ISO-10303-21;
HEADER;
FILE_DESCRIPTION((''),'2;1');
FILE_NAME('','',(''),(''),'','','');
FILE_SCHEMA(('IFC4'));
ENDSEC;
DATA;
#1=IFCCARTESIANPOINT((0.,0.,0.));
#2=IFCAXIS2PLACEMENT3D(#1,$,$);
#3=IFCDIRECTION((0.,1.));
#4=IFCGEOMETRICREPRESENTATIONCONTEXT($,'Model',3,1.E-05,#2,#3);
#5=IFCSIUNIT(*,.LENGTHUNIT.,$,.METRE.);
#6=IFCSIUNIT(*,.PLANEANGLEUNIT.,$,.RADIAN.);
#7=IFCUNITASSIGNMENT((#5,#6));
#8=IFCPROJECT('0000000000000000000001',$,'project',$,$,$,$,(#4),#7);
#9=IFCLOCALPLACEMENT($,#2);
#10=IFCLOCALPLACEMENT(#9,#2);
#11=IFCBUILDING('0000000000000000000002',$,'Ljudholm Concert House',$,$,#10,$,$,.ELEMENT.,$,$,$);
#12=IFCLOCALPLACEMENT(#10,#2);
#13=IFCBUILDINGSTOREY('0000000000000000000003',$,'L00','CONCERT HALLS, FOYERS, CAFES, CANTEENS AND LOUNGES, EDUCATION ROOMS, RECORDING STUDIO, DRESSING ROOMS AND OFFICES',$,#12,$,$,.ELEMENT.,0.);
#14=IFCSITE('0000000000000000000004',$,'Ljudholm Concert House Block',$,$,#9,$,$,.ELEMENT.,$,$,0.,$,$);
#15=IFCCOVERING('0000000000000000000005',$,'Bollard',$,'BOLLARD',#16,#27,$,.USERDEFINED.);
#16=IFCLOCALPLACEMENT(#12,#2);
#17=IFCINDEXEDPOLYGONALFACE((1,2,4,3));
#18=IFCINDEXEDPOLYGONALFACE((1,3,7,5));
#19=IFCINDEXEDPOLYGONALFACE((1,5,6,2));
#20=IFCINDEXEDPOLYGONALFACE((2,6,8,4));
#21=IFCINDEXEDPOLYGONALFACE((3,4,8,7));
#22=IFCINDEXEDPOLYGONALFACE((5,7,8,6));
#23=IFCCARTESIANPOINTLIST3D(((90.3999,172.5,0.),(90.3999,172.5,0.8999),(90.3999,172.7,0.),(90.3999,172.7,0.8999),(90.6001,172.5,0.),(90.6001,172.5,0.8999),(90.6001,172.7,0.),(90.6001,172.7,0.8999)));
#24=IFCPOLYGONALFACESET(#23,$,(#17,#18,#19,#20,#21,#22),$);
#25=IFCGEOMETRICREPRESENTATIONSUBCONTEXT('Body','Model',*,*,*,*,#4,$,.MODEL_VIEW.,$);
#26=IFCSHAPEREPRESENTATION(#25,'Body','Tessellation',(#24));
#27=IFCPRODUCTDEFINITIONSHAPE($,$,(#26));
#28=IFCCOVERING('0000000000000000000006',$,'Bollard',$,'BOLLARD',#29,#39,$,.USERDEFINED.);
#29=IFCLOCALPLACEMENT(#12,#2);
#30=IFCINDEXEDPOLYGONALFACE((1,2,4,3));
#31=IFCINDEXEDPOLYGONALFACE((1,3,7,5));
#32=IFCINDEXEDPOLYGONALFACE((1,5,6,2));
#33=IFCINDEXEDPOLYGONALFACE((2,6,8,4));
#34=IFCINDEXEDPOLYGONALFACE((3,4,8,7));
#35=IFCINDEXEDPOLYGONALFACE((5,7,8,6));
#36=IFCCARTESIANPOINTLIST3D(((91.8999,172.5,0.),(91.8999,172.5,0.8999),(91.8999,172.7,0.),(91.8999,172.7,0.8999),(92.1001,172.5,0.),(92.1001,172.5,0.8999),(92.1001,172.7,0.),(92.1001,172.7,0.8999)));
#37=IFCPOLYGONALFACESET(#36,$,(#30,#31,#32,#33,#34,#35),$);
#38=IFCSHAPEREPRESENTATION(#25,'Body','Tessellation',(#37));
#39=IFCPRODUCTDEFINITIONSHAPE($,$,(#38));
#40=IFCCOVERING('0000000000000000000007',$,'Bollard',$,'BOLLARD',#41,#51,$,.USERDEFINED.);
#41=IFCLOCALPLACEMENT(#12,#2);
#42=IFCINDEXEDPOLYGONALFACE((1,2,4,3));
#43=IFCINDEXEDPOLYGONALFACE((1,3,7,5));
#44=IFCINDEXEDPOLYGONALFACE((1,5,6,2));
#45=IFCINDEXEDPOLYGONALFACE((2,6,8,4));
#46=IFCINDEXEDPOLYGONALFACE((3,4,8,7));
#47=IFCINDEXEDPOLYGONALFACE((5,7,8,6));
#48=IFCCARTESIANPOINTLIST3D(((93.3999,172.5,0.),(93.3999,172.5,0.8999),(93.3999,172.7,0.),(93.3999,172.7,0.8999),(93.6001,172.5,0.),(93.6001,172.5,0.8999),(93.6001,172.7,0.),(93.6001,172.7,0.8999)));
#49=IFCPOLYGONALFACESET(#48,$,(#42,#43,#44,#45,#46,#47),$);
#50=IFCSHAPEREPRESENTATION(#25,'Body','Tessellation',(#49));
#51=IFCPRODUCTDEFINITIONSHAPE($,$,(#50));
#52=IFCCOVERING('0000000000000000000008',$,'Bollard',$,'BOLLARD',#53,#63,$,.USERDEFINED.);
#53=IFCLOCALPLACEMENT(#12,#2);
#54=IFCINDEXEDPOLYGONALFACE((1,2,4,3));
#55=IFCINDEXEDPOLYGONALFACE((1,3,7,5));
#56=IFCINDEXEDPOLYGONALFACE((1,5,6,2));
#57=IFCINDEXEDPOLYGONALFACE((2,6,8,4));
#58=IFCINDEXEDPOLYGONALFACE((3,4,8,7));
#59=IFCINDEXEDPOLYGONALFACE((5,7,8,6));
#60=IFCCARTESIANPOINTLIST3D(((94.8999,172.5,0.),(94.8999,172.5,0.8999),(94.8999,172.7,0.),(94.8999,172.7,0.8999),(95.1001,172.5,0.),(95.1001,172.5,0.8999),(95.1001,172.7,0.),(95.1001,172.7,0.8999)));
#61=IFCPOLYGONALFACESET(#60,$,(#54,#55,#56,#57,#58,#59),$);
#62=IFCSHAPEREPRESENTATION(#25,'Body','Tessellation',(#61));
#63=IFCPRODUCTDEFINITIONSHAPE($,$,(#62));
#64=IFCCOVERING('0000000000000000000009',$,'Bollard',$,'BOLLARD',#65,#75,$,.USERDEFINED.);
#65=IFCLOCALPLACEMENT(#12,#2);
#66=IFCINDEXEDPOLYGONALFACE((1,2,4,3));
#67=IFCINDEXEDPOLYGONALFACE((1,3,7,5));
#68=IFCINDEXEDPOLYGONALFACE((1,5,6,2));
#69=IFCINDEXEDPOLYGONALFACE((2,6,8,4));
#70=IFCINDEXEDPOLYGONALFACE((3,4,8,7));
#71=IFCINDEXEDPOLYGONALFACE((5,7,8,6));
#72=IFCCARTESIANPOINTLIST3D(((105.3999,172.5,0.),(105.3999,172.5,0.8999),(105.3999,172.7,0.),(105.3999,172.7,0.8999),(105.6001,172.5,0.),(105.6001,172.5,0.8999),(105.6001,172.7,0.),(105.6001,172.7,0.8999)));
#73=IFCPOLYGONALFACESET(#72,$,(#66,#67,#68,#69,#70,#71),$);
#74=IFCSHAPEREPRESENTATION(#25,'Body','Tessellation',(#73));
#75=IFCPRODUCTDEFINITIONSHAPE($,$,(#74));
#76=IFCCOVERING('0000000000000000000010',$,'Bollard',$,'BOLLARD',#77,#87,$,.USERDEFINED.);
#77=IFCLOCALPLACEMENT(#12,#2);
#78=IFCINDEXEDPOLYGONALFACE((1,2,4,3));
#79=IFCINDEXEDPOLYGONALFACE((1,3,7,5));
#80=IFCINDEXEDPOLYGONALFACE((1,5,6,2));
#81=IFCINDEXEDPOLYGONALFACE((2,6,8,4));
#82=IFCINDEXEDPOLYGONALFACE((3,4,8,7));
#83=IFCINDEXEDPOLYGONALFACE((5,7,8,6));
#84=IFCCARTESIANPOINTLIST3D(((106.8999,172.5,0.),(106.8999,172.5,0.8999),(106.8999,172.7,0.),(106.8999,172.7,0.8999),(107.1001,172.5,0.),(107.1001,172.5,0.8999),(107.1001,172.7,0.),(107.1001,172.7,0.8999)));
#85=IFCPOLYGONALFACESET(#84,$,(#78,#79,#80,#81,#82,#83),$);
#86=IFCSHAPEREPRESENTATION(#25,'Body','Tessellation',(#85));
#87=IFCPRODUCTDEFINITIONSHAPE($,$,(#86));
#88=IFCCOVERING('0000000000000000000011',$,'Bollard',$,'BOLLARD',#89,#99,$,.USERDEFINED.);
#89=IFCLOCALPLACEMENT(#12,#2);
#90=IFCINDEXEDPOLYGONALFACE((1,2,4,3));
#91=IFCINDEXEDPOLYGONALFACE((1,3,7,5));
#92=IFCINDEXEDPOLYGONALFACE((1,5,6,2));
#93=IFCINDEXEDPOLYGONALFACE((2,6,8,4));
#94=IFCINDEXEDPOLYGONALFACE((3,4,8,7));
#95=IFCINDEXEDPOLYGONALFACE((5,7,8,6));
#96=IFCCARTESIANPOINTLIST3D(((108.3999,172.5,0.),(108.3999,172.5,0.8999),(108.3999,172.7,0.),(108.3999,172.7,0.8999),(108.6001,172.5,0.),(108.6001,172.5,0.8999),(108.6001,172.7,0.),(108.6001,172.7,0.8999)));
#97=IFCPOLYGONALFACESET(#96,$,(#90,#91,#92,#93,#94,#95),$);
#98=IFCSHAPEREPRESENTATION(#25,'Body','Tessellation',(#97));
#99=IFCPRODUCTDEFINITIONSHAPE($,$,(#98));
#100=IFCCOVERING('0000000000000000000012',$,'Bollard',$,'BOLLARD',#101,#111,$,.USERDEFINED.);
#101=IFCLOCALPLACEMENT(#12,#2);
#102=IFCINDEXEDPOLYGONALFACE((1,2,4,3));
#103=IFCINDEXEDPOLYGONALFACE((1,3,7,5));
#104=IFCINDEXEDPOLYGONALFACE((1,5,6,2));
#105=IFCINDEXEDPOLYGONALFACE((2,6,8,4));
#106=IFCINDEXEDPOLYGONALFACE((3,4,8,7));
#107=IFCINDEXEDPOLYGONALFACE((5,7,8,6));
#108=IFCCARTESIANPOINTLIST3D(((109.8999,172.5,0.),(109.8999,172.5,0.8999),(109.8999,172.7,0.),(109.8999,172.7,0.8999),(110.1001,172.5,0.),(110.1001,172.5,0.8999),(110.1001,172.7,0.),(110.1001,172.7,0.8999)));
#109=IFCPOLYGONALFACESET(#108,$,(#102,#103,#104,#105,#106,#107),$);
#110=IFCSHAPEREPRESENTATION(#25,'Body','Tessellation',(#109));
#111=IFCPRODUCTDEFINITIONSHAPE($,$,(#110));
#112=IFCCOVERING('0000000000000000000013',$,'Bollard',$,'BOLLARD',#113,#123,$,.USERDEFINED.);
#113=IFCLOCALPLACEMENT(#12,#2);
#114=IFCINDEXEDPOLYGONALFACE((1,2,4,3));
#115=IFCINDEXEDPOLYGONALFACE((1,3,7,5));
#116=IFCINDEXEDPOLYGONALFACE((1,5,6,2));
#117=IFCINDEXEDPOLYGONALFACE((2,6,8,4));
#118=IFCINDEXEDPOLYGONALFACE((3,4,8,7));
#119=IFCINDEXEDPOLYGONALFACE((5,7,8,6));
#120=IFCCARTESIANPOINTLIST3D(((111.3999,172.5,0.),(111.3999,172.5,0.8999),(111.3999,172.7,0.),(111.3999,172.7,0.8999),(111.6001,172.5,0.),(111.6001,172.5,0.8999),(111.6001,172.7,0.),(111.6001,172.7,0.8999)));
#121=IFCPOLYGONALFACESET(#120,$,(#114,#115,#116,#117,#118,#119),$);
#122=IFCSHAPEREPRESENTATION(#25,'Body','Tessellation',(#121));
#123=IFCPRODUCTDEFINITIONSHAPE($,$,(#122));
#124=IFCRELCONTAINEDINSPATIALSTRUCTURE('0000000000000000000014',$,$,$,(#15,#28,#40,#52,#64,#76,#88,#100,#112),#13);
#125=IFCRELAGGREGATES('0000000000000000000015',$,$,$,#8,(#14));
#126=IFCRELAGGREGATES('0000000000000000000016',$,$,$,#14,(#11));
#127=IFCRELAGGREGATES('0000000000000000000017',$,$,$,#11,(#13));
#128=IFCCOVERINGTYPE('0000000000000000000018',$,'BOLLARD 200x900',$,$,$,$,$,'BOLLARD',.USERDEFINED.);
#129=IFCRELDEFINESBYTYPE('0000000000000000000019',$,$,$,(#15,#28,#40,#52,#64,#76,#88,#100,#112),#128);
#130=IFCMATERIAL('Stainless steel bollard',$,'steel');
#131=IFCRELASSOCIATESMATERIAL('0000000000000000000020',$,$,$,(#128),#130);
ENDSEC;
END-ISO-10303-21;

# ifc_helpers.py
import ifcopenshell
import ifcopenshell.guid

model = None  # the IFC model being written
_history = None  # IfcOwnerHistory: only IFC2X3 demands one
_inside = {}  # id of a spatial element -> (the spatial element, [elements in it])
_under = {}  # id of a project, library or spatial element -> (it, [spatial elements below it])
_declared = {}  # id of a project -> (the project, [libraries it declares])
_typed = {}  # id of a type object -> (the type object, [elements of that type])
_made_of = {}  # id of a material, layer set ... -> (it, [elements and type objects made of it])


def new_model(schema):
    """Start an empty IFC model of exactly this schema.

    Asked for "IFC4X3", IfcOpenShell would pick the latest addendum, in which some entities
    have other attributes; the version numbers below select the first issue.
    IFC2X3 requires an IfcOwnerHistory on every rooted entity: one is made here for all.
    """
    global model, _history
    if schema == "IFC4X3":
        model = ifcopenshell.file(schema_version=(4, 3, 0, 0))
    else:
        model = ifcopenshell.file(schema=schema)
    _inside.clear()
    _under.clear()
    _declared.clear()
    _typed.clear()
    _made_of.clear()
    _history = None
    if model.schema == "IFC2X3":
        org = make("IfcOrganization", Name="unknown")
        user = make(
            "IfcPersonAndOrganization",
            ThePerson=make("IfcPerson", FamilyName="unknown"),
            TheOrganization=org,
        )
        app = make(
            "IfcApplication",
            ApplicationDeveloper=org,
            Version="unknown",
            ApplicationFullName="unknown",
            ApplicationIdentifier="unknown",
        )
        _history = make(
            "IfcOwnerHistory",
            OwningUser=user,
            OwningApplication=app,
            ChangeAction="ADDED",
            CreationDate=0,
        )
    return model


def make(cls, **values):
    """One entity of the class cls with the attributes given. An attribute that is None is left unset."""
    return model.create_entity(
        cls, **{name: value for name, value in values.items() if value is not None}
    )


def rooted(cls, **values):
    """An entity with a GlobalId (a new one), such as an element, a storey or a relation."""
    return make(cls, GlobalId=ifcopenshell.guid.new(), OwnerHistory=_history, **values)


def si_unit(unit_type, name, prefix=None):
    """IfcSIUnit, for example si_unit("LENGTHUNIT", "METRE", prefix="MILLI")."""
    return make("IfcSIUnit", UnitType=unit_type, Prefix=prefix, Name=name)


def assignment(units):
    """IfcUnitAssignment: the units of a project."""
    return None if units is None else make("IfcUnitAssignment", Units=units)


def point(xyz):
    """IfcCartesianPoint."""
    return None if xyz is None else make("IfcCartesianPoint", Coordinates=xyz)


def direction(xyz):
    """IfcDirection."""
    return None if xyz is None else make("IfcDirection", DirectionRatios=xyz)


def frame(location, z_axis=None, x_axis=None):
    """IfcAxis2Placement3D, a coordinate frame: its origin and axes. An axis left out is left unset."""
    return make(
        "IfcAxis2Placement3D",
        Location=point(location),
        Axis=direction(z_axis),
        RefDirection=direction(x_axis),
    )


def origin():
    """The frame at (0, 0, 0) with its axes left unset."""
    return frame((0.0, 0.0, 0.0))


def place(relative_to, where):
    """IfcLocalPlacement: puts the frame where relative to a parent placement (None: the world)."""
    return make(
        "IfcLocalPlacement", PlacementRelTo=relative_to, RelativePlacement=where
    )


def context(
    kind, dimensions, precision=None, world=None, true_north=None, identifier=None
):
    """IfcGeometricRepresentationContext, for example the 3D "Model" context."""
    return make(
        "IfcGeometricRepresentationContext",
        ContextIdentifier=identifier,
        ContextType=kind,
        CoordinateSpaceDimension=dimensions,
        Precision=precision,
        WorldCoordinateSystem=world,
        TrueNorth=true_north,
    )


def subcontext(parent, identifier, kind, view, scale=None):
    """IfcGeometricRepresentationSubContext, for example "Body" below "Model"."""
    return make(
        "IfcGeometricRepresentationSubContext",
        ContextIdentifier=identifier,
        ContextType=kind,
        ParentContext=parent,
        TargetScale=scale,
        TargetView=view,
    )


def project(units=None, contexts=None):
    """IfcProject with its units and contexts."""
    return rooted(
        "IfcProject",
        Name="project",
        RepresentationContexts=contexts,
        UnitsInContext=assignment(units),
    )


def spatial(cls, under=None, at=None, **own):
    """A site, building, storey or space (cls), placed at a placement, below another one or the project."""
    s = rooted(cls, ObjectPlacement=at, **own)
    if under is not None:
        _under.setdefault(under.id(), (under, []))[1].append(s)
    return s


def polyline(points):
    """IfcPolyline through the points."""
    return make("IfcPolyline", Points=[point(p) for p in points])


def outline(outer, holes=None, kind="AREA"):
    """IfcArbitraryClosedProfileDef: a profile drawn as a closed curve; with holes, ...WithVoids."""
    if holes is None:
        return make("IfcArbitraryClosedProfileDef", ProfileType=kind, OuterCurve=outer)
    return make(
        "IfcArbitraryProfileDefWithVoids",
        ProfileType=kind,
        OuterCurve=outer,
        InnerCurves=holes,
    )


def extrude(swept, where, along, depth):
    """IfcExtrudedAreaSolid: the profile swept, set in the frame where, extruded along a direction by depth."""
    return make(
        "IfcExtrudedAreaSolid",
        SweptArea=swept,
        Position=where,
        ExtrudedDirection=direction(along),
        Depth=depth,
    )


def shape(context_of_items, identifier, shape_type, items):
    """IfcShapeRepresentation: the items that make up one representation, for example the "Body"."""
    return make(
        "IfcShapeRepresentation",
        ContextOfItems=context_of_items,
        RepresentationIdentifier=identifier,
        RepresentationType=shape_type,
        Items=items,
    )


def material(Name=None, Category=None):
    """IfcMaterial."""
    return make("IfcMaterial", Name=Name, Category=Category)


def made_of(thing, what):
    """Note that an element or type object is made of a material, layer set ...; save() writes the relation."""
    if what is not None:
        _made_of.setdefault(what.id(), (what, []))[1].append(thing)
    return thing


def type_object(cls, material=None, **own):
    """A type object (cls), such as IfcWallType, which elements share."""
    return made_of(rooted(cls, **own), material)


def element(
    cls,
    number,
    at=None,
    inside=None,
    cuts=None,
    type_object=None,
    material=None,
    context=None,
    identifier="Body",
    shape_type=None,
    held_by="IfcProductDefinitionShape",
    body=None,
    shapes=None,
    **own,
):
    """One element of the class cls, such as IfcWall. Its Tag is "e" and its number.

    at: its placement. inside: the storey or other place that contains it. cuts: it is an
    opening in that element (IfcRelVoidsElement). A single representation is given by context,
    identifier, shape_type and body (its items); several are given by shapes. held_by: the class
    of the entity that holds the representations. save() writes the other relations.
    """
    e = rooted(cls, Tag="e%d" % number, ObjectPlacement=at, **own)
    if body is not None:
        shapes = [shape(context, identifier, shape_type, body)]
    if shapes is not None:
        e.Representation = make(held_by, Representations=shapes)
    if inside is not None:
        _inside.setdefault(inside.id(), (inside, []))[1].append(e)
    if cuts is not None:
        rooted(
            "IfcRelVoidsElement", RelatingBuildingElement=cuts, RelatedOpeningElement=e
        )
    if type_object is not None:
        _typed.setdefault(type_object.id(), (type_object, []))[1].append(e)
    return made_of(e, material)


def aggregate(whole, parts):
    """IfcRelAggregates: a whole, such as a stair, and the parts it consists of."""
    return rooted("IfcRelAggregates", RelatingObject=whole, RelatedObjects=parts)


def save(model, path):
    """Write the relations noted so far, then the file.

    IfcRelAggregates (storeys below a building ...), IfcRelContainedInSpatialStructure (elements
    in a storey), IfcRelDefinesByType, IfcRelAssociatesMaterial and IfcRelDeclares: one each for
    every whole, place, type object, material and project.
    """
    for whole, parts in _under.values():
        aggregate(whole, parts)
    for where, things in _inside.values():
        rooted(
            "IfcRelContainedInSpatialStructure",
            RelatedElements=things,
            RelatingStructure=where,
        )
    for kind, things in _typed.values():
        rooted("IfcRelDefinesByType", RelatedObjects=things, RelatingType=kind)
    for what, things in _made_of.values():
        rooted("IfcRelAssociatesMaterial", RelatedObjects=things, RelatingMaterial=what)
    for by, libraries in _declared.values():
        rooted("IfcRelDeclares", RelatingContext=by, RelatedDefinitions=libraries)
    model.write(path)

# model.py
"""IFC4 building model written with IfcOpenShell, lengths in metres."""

from ifc_helpers import new_model, si_unit, direction, origin, place, context, subcontext, project, spatial, polyline, outline, extrude, material, type_object, element, save


model = new_model("IFC4")

# Units and contexts
model_context = context("Model", 3, precision=1e-05, world=origin(), true_north=direction((0.0, 1.0)))
body_context = subcontext(model_context, "Body", "Model", "MODEL_VIEW")
ifc_project = project(units=[si_unit("LENGTHUNIT", "METRE"), si_unit("PLANEANGLEUNIT", "RADIAN")], contexts=[model_context])

# Site, building, storey
site_placement = place(None, origin())
site = spatial("IfcSite", under=ifc_project, at=site_placement, Name="Ljudholm Concert House Block", CompositionType="ELEMENT", RefElevation=0.0)
building_placement = place(site_placement, origin())
building = spatial("IfcBuilding", under=site, at=building_placement, Name="Ljudholm Concert House", CompositionType="ELEMENT")
storey_placement = place(building_placement, origin())
storey = spatial("IfcBuildingStorey", under=building, at=storey_placement, Name="L00", Description="CONCERT HALLS, FOYERS, CAFES, CANTEENS AND LOUNGES, EDUCATION ROOMS, RECORDING STUDIO, DRESSING ROOMS AND OFFICES", CompositionType="ELEMENT", Elevation=0.0)

# Coverings
ifc_material_1 = material(Name="Stainless steel bollard", Category="steel")
covering_type = type_object("IfcCoveringType", Name="BOLLARD 200x900", ElementType="BOLLARD", PredefinedType="USERDEFINED", material=ifc_material_1)
covering_1_placement = place(storey_placement, origin())
element("IfcCovering", 1, at=covering_1_placement, inside=storey, type_object=covering_type, Name="Bollard", ObjectType="BOLLARD", PredefinedType="USERDEFINED", context=body_context, shape_type="SweptSolid", body=[
    extrude(outline(polyline([(90.3999, 172.5), (90.6001, 172.5), (90.6001, 172.7), (90.3999, 172.7), (90.3999, 172.5)])), origin(), (0.0, 0.0, 1.0), 0.8999),
])
covering_2_placement = place(storey_placement, origin())
element("IfcCovering", 2, at=covering_2_placement, inside=storey, type_object=covering_type, Name="Bollard", ObjectType="BOLLARD", PredefinedType="USERDEFINED", context=body_context, shape_type="SweptSolid", body=[
    extrude(outline(polyline([(91.8999, 172.5), (92.1001, 172.5), (92.1001, 172.7), (91.8999, 172.7), (91.8999, 172.5)])), origin(), (0.0, 0.0, 1.0), 0.8999),
])
covering_3_placement = place(storey_placement, origin())
element("IfcCovering", 3, at=covering_3_placement, inside=storey, type_object=covering_type, Name="Bollard", ObjectType="BOLLARD", PredefinedType="USERDEFINED", context=body_context, shape_type="SweptSolid", body=[
    extrude(outline(polyline([(93.3999, 172.5), (93.6001, 172.5), (93.6001, 172.7), (93.3999, 172.7), (93.3999, 172.5)])), origin(), (0.0, 0.0, 1.0), 0.8999),
])
covering_4_placement = place(storey_placement, origin())
element("IfcCovering", 4, at=covering_4_placement, inside=storey, type_object=covering_type, Name="Bollard", ObjectType="BOLLARD", PredefinedType="USERDEFINED", context=body_context, shape_type="SweptSolid", body=[
    extrude(outline(polyline([(94.8999, 172.5), (95.1001, 172.5), (95.1001, 172.7), (94.8999, 172.7), (94.8999, 172.5)])), origin(), (0.0, 0.0, 1.0), 0.8999),
])
covering_5_placement = place(storey_placement, origin())
element("IfcCovering", 5, at=covering_5_placement, inside=storey, type_object=covering_type, Name="Bollard", ObjectType="BOLLARD", PredefinedType="USERDEFINED", context=body_context, shape_type="SweptSolid", body=[
    extrude(outline(polyline([(105.3999, 172.5), (105.6001, 172.5), (105.6001, 172.7), (105.3999, 172.7), (105.3999, 172.5)])), origin(), (0.0, 0.0, 1.0), 0.8999),
])
covering_6_placement = place(storey_placement, origin())
element("IfcCovering", 6, at=covering_6_placement, inside=storey, type_object=covering_type, Name="Bollard", ObjectType="BOLLARD", PredefinedType="USERDEFINED", context=body_context, shape_type="SweptSolid", body=[
    extrude(outline(polyline([(106.8999, 172.5), (107.1001, 172.5), (107.1001, 172.7), (106.8999, 172.7), (106.8999, 172.5)])), origin(), (0.0, 0.0, 1.0), 0.8999),
])
covering_7_placement = place(storey_placement, origin())
element("IfcCovering", 7, at=covering_7_placement, inside=storey, type_object=covering_type, Name="Bollard", ObjectType="BOLLARD", PredefinedType="USERDEFINED", context=body_context, shape_type="SweptSolid", body=[
    extrude(outline(polyline([(108.3999, 172.5), (108.6001, 172.5), (108.6001, 172.7), (108.3999, 172.7), (108.3999, 172.5)])), origin(), (0.0, 0.0, 1.0), 0.8999),
])
covering_8_placement = place(storey_placement, origin())
element("IfcCovering", 8, at=covering_8_placement, inside=storey, type_object=covering_type, Name="Bollard", ObjectType="BOLLARD", PredefinedType="USERDEFINED", context=body_context, shape_type="SweptSolid", body=[
    extrude(outline(polyline([(109.8999, 172.5), (110.1001, 172.5), (110.1001, 172.7), (109.8999, 172.7), (109.8999, 172.5)])), origin(), (0.0, 0.0, 1.0), 0.8999),
])
covering_9_placement = place(storey_placement, origin())
element("IfcCovering", 9, at=covering_9_placement, inside=storey, type_object=covering_type, Name="Bollard", ObjectType="BOLLARD", PredefinedType="USERDEFINED", context=body_context, shape_type="SweptSolid", body=[
    extrude(outline(polyline([(111.3999, 172.5), (111.6001, 172.5), (111.6001, 172.7), (111.3999, 172.7), (111.3999, 172.5)])), origin(), (0.0, 0.0, 1.0), 0.8999),
])

save(model, "model.ifc")
